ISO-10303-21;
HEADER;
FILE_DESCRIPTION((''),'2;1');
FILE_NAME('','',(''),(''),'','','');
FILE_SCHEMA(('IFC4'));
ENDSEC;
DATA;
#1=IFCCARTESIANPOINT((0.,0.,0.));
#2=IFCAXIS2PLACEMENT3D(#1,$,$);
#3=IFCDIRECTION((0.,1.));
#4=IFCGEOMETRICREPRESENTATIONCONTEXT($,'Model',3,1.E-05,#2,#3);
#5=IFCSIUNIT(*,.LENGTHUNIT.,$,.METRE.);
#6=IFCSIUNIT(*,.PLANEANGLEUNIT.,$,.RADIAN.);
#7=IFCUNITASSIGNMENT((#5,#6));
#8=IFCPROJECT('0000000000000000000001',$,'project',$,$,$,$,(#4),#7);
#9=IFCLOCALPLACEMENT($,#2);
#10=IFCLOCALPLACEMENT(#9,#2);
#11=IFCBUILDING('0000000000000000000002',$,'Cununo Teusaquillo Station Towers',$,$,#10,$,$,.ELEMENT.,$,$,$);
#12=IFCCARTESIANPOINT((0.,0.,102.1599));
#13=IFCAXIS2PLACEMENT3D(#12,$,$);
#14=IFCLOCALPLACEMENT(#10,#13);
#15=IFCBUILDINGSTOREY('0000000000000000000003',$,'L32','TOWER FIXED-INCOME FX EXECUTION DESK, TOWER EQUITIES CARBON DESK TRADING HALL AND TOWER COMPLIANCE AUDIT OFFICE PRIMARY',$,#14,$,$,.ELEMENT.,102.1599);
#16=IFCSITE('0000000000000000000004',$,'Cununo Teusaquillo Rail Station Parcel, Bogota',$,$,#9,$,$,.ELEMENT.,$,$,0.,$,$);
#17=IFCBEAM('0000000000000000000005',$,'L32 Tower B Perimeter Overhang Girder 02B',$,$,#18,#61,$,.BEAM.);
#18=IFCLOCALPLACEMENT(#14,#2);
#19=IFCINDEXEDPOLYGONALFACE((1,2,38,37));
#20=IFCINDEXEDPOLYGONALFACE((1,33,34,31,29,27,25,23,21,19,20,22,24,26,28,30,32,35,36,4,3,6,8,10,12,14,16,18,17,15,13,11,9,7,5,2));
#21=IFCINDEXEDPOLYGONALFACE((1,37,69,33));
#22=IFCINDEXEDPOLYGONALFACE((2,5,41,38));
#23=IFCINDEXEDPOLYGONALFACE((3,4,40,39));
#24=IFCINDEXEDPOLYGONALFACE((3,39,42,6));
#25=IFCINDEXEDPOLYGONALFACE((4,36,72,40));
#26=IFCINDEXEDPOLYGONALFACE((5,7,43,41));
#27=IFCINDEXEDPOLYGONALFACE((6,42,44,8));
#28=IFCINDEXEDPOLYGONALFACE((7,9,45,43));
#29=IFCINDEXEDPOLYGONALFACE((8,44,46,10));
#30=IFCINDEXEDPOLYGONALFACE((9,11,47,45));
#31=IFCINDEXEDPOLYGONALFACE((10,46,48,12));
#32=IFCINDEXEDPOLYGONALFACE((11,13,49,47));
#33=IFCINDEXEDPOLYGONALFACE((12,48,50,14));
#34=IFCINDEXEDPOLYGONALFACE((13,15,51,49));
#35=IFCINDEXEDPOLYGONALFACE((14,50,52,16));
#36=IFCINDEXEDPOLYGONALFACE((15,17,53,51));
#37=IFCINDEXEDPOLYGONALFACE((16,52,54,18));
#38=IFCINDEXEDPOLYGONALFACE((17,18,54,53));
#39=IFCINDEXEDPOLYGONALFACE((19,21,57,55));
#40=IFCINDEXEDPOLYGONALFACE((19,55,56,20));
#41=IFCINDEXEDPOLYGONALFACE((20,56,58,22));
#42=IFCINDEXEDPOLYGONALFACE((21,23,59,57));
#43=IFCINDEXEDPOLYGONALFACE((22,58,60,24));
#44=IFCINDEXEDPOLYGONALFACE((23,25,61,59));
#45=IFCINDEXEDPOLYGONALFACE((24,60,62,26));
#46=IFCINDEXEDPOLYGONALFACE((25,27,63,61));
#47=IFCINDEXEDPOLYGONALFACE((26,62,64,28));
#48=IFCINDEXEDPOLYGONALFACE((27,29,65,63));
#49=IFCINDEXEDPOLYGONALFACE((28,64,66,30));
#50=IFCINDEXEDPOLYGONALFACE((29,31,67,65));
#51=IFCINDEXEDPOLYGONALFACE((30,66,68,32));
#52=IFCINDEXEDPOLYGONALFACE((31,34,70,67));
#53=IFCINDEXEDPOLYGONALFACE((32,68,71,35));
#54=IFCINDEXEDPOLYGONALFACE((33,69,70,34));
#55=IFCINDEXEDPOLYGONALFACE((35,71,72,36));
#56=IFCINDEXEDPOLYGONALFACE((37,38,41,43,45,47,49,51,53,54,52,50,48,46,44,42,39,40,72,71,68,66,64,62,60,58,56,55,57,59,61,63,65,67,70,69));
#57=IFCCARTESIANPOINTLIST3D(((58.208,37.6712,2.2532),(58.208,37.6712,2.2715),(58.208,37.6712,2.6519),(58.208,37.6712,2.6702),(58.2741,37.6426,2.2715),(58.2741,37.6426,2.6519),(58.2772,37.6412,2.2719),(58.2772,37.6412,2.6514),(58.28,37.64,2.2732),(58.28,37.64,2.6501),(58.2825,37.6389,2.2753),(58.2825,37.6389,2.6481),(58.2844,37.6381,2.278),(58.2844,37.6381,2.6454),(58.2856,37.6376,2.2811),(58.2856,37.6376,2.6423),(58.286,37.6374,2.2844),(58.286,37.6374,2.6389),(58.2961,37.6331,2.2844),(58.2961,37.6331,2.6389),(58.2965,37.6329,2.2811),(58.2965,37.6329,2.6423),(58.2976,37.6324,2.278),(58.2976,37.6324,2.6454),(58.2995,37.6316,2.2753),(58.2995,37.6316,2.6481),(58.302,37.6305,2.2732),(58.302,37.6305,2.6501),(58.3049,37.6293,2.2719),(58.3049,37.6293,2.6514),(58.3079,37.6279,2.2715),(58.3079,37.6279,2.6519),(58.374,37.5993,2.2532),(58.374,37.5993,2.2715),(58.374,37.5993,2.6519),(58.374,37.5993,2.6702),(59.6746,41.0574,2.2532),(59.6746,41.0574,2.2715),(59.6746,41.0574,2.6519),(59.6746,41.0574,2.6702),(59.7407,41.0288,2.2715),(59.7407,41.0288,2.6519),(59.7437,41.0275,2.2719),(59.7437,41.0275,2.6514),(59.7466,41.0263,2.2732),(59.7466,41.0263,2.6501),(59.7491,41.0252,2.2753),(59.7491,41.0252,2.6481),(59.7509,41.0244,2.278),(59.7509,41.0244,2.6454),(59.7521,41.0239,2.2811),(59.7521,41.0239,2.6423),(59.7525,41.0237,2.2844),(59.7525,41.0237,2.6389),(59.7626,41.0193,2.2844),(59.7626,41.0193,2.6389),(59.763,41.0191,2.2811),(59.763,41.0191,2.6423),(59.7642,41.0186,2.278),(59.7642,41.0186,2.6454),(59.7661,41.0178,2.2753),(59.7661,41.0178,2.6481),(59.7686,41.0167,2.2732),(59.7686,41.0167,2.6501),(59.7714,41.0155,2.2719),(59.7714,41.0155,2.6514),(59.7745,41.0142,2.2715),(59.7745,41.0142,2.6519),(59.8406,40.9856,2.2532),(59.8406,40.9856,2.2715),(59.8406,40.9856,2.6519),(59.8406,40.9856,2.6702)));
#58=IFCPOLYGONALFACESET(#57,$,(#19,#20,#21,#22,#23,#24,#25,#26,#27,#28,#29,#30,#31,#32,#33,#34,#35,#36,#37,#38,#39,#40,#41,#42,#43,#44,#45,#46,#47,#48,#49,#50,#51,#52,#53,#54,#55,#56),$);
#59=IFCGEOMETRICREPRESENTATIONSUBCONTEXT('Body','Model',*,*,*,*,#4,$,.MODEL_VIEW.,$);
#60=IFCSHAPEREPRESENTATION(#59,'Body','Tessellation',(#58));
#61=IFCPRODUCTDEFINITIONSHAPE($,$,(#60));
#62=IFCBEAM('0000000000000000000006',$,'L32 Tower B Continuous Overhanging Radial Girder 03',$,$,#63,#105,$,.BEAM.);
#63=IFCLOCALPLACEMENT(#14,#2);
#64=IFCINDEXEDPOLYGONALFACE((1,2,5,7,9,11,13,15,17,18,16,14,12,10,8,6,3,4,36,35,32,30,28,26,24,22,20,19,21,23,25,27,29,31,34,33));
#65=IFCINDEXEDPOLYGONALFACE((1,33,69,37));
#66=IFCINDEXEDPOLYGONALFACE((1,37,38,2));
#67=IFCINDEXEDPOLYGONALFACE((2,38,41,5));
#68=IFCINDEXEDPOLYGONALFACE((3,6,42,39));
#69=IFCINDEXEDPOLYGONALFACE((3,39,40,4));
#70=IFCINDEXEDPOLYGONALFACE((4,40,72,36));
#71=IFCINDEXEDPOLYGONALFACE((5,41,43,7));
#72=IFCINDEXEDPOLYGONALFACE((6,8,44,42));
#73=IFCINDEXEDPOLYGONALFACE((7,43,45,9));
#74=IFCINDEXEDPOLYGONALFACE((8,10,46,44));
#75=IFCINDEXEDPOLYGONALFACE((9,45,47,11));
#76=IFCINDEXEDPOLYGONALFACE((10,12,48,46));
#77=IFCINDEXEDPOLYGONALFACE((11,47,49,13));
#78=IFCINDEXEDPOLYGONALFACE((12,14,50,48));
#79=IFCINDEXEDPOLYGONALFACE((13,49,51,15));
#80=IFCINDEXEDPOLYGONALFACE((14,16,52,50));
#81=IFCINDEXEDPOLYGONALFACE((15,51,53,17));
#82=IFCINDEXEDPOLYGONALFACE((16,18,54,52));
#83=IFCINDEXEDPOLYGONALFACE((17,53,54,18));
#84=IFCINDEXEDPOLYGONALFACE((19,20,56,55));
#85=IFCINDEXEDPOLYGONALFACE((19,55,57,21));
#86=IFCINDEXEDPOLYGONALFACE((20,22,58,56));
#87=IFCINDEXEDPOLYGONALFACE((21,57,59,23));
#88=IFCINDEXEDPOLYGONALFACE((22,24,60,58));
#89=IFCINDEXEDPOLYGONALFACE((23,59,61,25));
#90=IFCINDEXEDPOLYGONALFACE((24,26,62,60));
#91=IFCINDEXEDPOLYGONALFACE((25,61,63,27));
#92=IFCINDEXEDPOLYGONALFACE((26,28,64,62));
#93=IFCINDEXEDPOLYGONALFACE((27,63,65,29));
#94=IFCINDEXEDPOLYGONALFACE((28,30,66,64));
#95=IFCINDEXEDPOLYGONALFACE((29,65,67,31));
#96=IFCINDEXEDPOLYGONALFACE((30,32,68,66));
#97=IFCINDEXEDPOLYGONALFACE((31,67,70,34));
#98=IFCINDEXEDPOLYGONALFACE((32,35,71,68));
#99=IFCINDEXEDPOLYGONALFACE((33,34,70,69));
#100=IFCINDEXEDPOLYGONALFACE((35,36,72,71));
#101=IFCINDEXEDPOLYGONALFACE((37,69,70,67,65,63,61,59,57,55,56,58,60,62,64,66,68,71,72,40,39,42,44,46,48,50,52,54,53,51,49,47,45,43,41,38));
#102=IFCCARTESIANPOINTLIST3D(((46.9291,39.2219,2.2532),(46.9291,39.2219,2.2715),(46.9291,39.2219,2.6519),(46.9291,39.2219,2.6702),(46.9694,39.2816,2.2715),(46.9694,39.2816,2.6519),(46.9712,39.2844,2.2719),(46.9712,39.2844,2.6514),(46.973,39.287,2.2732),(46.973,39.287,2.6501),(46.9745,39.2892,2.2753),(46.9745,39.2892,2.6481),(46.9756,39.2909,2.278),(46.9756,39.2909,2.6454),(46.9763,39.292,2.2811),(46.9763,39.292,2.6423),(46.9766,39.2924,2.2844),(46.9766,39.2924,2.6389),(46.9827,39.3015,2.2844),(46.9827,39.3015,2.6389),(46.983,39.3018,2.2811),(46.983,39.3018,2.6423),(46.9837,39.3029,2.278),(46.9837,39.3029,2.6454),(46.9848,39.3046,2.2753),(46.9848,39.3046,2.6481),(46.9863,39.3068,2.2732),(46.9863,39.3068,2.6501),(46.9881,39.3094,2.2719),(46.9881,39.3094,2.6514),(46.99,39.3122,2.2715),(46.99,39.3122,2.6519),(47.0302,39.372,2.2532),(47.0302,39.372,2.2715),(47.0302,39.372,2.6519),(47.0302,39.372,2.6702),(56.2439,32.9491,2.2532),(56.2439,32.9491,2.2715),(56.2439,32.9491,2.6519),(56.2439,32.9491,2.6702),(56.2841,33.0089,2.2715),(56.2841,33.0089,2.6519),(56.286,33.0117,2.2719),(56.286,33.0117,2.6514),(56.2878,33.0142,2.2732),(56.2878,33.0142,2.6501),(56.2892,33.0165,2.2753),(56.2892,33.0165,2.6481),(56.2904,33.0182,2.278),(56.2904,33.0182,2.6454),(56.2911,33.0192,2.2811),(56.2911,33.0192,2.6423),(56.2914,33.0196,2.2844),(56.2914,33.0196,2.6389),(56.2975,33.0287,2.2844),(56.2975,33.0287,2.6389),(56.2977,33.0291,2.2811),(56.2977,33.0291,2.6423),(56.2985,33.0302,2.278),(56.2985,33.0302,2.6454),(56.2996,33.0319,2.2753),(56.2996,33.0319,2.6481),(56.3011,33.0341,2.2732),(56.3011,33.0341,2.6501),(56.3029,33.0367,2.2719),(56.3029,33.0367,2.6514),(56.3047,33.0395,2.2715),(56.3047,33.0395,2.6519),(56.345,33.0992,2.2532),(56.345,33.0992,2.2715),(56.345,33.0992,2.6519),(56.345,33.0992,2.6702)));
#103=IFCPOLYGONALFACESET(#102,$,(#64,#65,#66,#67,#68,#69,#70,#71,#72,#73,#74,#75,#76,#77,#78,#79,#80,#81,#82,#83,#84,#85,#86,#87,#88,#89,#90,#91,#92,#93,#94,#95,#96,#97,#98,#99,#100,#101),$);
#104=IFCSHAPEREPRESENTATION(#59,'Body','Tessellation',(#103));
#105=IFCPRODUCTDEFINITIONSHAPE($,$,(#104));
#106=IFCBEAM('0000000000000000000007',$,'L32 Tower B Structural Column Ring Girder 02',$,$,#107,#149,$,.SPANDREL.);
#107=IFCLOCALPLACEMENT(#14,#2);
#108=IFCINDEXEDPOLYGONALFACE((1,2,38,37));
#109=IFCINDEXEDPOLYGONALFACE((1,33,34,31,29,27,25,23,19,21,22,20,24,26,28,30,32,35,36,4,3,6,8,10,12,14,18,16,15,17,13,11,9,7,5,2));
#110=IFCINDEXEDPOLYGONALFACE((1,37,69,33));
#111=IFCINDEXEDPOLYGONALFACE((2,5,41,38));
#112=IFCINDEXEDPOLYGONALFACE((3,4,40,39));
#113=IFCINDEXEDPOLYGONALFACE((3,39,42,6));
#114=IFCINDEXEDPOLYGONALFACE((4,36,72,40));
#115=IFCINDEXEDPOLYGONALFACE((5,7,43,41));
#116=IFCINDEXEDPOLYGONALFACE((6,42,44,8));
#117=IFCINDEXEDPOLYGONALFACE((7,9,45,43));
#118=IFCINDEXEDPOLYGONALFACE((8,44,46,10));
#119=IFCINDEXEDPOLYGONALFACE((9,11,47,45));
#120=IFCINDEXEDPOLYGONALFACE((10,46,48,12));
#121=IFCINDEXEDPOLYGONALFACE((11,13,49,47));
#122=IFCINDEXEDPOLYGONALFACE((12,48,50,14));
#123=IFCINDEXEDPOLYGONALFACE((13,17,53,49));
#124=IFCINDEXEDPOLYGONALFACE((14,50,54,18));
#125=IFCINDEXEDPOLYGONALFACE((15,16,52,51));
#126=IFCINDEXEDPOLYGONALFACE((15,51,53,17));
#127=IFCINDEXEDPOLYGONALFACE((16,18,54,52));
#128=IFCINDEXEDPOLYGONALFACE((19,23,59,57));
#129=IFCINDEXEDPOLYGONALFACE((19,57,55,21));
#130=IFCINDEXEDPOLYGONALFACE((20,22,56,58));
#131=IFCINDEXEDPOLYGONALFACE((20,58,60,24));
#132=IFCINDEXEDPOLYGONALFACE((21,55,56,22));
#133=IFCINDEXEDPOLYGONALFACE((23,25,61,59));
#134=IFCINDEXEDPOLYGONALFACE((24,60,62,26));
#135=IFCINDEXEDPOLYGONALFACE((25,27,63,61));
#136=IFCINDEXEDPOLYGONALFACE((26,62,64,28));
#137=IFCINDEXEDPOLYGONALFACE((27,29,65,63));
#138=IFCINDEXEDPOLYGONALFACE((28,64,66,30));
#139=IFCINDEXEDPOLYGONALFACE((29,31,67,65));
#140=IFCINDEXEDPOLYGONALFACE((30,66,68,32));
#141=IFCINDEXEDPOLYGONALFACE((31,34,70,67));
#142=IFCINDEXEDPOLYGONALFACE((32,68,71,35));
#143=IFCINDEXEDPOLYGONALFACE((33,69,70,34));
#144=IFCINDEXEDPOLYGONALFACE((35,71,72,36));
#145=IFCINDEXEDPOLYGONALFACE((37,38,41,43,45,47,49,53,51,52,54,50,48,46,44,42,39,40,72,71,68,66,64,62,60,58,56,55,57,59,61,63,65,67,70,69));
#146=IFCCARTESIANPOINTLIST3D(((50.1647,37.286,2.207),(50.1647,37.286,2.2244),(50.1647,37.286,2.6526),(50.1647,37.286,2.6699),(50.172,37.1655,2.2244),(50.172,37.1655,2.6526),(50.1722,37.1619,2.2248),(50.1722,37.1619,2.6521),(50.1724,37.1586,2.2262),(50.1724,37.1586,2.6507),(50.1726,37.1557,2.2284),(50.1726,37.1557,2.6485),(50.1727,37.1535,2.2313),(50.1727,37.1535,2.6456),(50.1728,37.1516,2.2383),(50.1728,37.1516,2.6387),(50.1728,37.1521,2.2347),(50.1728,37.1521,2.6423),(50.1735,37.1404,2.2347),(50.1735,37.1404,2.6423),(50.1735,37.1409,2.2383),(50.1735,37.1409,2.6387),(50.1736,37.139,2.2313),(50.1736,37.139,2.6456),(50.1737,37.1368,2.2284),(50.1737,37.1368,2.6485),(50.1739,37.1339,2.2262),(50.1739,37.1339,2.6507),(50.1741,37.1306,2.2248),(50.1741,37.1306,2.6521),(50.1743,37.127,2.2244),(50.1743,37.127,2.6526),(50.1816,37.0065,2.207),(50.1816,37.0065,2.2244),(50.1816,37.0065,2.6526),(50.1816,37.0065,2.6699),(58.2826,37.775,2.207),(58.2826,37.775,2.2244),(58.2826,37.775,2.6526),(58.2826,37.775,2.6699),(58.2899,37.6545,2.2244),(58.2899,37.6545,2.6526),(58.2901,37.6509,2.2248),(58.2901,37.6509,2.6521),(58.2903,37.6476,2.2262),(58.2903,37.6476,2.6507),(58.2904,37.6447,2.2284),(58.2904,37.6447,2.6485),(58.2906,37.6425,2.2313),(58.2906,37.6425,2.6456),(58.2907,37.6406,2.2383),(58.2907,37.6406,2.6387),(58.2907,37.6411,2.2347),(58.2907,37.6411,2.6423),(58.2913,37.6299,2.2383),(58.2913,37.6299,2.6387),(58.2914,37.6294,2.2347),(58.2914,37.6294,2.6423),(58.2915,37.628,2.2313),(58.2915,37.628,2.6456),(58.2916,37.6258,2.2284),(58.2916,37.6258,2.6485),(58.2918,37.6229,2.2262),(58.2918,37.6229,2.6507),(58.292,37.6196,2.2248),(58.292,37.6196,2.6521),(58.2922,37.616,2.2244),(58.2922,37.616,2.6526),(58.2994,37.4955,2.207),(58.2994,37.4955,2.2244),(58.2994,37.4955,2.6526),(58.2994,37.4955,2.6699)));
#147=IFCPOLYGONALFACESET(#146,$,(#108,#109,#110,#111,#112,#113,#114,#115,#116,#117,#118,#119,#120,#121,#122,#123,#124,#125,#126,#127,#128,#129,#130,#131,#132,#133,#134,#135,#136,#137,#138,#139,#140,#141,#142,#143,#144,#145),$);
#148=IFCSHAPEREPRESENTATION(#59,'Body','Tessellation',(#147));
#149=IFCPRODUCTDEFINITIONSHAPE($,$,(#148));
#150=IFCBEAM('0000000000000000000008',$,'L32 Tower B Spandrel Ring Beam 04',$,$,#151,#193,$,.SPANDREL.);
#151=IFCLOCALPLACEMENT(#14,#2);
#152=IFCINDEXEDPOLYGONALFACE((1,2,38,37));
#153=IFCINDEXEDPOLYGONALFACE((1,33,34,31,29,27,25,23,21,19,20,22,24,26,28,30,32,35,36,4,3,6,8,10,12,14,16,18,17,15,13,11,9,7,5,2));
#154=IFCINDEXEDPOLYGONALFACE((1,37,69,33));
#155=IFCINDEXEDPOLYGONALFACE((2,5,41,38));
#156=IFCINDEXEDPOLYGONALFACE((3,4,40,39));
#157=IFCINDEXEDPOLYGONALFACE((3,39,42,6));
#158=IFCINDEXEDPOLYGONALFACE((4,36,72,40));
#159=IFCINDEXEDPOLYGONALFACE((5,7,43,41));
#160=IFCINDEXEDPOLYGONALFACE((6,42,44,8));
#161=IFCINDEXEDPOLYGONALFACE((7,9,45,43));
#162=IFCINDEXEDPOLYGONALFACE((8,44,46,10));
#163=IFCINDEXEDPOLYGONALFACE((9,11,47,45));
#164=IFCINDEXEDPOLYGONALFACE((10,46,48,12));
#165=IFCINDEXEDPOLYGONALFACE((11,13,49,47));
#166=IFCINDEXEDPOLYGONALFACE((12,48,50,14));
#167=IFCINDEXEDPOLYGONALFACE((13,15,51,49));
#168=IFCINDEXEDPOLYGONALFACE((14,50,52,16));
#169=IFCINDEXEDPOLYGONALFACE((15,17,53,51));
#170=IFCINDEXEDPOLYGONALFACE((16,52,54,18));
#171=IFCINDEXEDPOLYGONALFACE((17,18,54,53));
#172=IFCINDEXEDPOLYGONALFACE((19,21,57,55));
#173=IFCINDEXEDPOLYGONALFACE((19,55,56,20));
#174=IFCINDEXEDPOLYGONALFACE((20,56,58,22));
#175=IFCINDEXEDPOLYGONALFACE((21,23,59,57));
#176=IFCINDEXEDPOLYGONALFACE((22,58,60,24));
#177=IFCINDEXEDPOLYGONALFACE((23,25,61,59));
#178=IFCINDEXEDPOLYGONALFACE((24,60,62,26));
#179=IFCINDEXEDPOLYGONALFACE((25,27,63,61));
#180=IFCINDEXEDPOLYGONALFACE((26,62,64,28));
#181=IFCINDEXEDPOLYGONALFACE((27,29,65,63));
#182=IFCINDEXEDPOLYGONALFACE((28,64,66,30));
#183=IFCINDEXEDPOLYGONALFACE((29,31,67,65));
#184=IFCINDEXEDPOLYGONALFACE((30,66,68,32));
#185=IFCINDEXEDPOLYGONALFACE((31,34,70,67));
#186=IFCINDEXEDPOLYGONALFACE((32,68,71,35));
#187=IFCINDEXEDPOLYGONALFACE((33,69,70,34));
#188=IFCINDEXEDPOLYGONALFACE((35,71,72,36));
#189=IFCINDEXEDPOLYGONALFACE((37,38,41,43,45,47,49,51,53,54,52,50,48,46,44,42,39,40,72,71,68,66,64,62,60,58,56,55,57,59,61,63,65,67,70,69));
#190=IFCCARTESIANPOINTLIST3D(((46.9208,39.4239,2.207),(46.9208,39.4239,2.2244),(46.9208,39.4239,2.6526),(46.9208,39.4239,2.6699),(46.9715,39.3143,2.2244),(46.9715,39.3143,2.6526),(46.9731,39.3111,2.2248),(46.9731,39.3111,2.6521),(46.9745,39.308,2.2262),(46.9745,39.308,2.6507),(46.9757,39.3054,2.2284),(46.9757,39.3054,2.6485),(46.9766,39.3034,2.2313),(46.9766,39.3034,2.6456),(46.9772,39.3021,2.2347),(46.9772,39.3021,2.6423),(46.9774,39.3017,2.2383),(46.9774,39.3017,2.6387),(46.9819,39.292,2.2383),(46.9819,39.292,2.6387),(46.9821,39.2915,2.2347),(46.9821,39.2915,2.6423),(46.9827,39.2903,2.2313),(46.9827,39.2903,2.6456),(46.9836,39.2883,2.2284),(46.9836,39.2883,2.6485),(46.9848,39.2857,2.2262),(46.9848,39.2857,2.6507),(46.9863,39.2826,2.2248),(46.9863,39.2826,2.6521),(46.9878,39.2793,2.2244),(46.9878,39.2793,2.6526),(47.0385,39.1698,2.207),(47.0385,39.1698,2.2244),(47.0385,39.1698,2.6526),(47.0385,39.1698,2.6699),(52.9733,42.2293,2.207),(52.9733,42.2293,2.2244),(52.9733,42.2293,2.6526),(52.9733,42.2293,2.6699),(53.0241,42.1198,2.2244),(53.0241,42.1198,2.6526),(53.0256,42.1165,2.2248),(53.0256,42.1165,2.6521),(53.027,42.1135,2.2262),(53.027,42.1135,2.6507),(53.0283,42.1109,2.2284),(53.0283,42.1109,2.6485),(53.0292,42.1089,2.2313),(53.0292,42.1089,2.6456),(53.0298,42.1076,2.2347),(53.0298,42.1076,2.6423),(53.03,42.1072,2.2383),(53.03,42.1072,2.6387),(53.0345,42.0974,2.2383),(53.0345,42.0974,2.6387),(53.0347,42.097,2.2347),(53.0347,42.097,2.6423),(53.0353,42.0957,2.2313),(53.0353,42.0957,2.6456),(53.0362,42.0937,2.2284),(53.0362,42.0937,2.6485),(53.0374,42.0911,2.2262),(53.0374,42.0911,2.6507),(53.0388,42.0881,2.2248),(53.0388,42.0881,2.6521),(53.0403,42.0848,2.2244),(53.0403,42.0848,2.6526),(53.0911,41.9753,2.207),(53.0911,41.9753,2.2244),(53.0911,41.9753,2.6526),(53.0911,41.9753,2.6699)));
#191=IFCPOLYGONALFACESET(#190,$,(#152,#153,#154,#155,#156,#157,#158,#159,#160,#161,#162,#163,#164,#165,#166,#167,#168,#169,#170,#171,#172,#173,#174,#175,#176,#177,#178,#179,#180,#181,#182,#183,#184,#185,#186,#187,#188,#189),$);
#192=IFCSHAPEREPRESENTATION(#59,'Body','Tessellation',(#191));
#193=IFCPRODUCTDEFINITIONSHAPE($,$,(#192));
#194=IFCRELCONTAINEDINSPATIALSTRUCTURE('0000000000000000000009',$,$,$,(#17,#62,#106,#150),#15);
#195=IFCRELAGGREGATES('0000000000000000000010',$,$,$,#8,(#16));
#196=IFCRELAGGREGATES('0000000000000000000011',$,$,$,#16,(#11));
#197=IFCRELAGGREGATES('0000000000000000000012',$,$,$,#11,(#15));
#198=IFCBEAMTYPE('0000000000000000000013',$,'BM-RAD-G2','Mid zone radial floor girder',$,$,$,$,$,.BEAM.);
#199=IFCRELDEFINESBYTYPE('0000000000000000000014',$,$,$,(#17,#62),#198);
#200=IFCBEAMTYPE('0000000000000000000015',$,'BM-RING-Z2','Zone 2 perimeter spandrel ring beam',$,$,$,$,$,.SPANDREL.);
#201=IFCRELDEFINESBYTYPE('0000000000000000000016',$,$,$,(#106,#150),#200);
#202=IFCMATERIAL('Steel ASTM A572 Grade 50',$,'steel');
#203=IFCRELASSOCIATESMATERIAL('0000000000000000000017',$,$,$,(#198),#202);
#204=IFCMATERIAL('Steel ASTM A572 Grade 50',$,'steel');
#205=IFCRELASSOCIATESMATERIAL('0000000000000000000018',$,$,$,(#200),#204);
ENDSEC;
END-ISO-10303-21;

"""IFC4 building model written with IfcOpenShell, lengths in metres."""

from ifc_helpers import new_model, si_unit, direction, frame, origin, origin_2d, place, context, subcontext, project, spatial, i_section, extrude, material, material_profile, profile_set, type_object, element, save


model = new_model("IFC4")

# Units and contexts
model_context = context("Model", 3, precision=1e-05, world=origin(), true_north=direction((0.0, 1.0)))
body_context = subcontext(model_context, "Body", "Model", "MODEL_VIEW")
ifc_project = project(units=[si_unit("LENGTHUNIT", "METRE"), si_unit("PLANEANGLEUNIT", "RADIAN")], contexts=[model_context])

# Site, building, storey
site_placement = place(None, origin())
site = spatial("IfcSite", under=ifc_project, at=site_placement, Name="Cununo Teusaquillo Rail Station Parcel, Bogota", CompositionType="ELEMENT", RefElevation=0.0)
building_placement = place(site_placement, origin())
building = spatial("IfcBuilding", under=site, at=building_placement, Name="Cununo Teusaquillo Station Towers", CompositionType="ELEMENT")
storey_placement = place(building_placement, frame((0.0, 0.0, 102.1599)))
storey = spatial("IfcBuildingStorey", under=building, at=storey_placement, Name="L32", Description="TOWER FIXED-INCOME FX EXECUTION DESK, TOWER EQUITIES CARBON DESK TRADING HALL AND TOWER COMPLIANCE AUDIT OFFICE PRIMARY", CompositionType="ELEMENT", Elevation=102.1599)

# Beams
ifc_material_1 = material(Name="Steel ASTM A572 Grade 50", Category="steel")
ifc_material_profile_1 = material_profile(ifc_material_1, i_section(OverallWidth=0.1809, OverallDepth=0.417, WebThickness=0.011, FlangeThickness=0.0183, FilletRadius=0.0129, at=origin_2d()), Name="W16X57")
ifc_profile_set_1 = profile_set([ifc_material_profile_1], Name="Steel ASTM A572 Grade 50")
beam_type_1 = type_object("IfcBeamType", Name="BM-RAD-G2", Description="Mid zone radial floor girder", PredefinedType="BEAM", material=ifc_profile_set_1)
beam_1_placement = place(storey_placement, frame((58.291, 37.6353, 2.4617), z_axis=(0.397422, 0.917636, 0.0), x_axis=(-0.917636, 0.397422, 0.0)))
element("IfcBeam", 1, at=beam_1_placement, inside=storey, type_object=beam_type_1, Name="L32 Tower B Perimeter Overhang Girder 02B", PredefinedType="BEAM", context=body_context, shape_type="SweptSolid", body=[
    extrude(i_section(OverallWidth=0.1809, OverallDepth=0.417, WebThickness=0.011, FlangeThickness=0.0183, FilletRadius=0.0129, at=origin_2d()), origin(), (0.0, 0.0, 1.0), 3.6902),
])
beam_2_placement = place(storey_placement, frame((56.2944, 33.0242, 2.4617), z_axis=(-0.829456, 0.558572, 0.0), x_axis=(-0.558572, -0.829456, 0.0)))
element("IfcBeam", 2, at=beam_2_placement, inside=storey, type_object=beam_type_1, Name="L32 Tower B Continuous Overhanging Radial Girder 03", PredefinedType="BEAM", context=body_context, shape_type="SweptSolid", body=[
    extrude(i_section(OverallWidth=0.1809, OverallDepth=0.417, WebThickness=0.011, FlangeThickness=0.0183, FilletRadius=0.0129, at=origin_2d()), origin(), (0.0, 0.0, 1.0), 11.23),
])
ifc_material_2 = material(Name="Steel ASTM A572 Grade 50", Category="steel")
ifc_material_profile_2 = material_profile(ifc_material_2, i_section(OverallWidth=0.28, OverallDepth=0.4629, WebThickness=0.0107, FlangeThickness=0.0173, FilletRadius=0.0139, at=origin_2d()), Name="W18X76")
ifc_profile_set_2 = profile_set([ifc_material_profile_2], Name="Steel ASTM A572 Grade 50")
beam_type_2 = type_object("IfcBeamType", Name="BM-RING-Z2", Description="Zone 2 perimeter spandrel ring beam", PredefinedType="SPANDREL", material=ifc_profile_set_2)
beam_3_placement = place(storey_placement, frame((58.291, 37.6353, 2.4385), z_axis=(-0.998191, -0.06013, 0.0), x_axis=(0.06013, -0.998191, 0.0)))
element("IfcBeam", 3, at=beam_3_placement, inside=storey, type_object=beam_type_2, Name="L32 Tower B Structural Column Ring Girder 02", PredefinedType="SPANDREL", context=body_context, shape_type="SweptSolid", body=[
    extrude(i_section(OverallWidth=0.28, OverallDepth=0.4629, WebThickness=0.0107, FlangeThickness=0.0173, FilletRadius=0.0139, at=origin_2d()), origin(), (0.0, 0.0, 1.0), 8.1326),
])
beam_4_placement = place(storey_placement, frame((53.0322, 42.1023, 2.4385), z_axis=(-0.907276, -0.420536, 0.0), x_axis=(0.420536, -0.907276, 0.0)))
element("IfcBeam", 4, at=beam_4_placement, inside=storey, type_object=beam_type_2, Name="L32 Tower B Spandrel Ring Beam 04", PredefinedType="SPANDREL", context=body_context, shape_type="SweptSolid", body=[
    extrude(i_section(OverallWidth=0.28, OverallDepth=0.4629, WebThickness=0.0107, FlangeThickness=0.0173, FilletRadius=0.0139, at=origin_2d()), origin(), (0.0, 0.0, 1.0), 6.6711),
])

save(model, "model.ifc")
